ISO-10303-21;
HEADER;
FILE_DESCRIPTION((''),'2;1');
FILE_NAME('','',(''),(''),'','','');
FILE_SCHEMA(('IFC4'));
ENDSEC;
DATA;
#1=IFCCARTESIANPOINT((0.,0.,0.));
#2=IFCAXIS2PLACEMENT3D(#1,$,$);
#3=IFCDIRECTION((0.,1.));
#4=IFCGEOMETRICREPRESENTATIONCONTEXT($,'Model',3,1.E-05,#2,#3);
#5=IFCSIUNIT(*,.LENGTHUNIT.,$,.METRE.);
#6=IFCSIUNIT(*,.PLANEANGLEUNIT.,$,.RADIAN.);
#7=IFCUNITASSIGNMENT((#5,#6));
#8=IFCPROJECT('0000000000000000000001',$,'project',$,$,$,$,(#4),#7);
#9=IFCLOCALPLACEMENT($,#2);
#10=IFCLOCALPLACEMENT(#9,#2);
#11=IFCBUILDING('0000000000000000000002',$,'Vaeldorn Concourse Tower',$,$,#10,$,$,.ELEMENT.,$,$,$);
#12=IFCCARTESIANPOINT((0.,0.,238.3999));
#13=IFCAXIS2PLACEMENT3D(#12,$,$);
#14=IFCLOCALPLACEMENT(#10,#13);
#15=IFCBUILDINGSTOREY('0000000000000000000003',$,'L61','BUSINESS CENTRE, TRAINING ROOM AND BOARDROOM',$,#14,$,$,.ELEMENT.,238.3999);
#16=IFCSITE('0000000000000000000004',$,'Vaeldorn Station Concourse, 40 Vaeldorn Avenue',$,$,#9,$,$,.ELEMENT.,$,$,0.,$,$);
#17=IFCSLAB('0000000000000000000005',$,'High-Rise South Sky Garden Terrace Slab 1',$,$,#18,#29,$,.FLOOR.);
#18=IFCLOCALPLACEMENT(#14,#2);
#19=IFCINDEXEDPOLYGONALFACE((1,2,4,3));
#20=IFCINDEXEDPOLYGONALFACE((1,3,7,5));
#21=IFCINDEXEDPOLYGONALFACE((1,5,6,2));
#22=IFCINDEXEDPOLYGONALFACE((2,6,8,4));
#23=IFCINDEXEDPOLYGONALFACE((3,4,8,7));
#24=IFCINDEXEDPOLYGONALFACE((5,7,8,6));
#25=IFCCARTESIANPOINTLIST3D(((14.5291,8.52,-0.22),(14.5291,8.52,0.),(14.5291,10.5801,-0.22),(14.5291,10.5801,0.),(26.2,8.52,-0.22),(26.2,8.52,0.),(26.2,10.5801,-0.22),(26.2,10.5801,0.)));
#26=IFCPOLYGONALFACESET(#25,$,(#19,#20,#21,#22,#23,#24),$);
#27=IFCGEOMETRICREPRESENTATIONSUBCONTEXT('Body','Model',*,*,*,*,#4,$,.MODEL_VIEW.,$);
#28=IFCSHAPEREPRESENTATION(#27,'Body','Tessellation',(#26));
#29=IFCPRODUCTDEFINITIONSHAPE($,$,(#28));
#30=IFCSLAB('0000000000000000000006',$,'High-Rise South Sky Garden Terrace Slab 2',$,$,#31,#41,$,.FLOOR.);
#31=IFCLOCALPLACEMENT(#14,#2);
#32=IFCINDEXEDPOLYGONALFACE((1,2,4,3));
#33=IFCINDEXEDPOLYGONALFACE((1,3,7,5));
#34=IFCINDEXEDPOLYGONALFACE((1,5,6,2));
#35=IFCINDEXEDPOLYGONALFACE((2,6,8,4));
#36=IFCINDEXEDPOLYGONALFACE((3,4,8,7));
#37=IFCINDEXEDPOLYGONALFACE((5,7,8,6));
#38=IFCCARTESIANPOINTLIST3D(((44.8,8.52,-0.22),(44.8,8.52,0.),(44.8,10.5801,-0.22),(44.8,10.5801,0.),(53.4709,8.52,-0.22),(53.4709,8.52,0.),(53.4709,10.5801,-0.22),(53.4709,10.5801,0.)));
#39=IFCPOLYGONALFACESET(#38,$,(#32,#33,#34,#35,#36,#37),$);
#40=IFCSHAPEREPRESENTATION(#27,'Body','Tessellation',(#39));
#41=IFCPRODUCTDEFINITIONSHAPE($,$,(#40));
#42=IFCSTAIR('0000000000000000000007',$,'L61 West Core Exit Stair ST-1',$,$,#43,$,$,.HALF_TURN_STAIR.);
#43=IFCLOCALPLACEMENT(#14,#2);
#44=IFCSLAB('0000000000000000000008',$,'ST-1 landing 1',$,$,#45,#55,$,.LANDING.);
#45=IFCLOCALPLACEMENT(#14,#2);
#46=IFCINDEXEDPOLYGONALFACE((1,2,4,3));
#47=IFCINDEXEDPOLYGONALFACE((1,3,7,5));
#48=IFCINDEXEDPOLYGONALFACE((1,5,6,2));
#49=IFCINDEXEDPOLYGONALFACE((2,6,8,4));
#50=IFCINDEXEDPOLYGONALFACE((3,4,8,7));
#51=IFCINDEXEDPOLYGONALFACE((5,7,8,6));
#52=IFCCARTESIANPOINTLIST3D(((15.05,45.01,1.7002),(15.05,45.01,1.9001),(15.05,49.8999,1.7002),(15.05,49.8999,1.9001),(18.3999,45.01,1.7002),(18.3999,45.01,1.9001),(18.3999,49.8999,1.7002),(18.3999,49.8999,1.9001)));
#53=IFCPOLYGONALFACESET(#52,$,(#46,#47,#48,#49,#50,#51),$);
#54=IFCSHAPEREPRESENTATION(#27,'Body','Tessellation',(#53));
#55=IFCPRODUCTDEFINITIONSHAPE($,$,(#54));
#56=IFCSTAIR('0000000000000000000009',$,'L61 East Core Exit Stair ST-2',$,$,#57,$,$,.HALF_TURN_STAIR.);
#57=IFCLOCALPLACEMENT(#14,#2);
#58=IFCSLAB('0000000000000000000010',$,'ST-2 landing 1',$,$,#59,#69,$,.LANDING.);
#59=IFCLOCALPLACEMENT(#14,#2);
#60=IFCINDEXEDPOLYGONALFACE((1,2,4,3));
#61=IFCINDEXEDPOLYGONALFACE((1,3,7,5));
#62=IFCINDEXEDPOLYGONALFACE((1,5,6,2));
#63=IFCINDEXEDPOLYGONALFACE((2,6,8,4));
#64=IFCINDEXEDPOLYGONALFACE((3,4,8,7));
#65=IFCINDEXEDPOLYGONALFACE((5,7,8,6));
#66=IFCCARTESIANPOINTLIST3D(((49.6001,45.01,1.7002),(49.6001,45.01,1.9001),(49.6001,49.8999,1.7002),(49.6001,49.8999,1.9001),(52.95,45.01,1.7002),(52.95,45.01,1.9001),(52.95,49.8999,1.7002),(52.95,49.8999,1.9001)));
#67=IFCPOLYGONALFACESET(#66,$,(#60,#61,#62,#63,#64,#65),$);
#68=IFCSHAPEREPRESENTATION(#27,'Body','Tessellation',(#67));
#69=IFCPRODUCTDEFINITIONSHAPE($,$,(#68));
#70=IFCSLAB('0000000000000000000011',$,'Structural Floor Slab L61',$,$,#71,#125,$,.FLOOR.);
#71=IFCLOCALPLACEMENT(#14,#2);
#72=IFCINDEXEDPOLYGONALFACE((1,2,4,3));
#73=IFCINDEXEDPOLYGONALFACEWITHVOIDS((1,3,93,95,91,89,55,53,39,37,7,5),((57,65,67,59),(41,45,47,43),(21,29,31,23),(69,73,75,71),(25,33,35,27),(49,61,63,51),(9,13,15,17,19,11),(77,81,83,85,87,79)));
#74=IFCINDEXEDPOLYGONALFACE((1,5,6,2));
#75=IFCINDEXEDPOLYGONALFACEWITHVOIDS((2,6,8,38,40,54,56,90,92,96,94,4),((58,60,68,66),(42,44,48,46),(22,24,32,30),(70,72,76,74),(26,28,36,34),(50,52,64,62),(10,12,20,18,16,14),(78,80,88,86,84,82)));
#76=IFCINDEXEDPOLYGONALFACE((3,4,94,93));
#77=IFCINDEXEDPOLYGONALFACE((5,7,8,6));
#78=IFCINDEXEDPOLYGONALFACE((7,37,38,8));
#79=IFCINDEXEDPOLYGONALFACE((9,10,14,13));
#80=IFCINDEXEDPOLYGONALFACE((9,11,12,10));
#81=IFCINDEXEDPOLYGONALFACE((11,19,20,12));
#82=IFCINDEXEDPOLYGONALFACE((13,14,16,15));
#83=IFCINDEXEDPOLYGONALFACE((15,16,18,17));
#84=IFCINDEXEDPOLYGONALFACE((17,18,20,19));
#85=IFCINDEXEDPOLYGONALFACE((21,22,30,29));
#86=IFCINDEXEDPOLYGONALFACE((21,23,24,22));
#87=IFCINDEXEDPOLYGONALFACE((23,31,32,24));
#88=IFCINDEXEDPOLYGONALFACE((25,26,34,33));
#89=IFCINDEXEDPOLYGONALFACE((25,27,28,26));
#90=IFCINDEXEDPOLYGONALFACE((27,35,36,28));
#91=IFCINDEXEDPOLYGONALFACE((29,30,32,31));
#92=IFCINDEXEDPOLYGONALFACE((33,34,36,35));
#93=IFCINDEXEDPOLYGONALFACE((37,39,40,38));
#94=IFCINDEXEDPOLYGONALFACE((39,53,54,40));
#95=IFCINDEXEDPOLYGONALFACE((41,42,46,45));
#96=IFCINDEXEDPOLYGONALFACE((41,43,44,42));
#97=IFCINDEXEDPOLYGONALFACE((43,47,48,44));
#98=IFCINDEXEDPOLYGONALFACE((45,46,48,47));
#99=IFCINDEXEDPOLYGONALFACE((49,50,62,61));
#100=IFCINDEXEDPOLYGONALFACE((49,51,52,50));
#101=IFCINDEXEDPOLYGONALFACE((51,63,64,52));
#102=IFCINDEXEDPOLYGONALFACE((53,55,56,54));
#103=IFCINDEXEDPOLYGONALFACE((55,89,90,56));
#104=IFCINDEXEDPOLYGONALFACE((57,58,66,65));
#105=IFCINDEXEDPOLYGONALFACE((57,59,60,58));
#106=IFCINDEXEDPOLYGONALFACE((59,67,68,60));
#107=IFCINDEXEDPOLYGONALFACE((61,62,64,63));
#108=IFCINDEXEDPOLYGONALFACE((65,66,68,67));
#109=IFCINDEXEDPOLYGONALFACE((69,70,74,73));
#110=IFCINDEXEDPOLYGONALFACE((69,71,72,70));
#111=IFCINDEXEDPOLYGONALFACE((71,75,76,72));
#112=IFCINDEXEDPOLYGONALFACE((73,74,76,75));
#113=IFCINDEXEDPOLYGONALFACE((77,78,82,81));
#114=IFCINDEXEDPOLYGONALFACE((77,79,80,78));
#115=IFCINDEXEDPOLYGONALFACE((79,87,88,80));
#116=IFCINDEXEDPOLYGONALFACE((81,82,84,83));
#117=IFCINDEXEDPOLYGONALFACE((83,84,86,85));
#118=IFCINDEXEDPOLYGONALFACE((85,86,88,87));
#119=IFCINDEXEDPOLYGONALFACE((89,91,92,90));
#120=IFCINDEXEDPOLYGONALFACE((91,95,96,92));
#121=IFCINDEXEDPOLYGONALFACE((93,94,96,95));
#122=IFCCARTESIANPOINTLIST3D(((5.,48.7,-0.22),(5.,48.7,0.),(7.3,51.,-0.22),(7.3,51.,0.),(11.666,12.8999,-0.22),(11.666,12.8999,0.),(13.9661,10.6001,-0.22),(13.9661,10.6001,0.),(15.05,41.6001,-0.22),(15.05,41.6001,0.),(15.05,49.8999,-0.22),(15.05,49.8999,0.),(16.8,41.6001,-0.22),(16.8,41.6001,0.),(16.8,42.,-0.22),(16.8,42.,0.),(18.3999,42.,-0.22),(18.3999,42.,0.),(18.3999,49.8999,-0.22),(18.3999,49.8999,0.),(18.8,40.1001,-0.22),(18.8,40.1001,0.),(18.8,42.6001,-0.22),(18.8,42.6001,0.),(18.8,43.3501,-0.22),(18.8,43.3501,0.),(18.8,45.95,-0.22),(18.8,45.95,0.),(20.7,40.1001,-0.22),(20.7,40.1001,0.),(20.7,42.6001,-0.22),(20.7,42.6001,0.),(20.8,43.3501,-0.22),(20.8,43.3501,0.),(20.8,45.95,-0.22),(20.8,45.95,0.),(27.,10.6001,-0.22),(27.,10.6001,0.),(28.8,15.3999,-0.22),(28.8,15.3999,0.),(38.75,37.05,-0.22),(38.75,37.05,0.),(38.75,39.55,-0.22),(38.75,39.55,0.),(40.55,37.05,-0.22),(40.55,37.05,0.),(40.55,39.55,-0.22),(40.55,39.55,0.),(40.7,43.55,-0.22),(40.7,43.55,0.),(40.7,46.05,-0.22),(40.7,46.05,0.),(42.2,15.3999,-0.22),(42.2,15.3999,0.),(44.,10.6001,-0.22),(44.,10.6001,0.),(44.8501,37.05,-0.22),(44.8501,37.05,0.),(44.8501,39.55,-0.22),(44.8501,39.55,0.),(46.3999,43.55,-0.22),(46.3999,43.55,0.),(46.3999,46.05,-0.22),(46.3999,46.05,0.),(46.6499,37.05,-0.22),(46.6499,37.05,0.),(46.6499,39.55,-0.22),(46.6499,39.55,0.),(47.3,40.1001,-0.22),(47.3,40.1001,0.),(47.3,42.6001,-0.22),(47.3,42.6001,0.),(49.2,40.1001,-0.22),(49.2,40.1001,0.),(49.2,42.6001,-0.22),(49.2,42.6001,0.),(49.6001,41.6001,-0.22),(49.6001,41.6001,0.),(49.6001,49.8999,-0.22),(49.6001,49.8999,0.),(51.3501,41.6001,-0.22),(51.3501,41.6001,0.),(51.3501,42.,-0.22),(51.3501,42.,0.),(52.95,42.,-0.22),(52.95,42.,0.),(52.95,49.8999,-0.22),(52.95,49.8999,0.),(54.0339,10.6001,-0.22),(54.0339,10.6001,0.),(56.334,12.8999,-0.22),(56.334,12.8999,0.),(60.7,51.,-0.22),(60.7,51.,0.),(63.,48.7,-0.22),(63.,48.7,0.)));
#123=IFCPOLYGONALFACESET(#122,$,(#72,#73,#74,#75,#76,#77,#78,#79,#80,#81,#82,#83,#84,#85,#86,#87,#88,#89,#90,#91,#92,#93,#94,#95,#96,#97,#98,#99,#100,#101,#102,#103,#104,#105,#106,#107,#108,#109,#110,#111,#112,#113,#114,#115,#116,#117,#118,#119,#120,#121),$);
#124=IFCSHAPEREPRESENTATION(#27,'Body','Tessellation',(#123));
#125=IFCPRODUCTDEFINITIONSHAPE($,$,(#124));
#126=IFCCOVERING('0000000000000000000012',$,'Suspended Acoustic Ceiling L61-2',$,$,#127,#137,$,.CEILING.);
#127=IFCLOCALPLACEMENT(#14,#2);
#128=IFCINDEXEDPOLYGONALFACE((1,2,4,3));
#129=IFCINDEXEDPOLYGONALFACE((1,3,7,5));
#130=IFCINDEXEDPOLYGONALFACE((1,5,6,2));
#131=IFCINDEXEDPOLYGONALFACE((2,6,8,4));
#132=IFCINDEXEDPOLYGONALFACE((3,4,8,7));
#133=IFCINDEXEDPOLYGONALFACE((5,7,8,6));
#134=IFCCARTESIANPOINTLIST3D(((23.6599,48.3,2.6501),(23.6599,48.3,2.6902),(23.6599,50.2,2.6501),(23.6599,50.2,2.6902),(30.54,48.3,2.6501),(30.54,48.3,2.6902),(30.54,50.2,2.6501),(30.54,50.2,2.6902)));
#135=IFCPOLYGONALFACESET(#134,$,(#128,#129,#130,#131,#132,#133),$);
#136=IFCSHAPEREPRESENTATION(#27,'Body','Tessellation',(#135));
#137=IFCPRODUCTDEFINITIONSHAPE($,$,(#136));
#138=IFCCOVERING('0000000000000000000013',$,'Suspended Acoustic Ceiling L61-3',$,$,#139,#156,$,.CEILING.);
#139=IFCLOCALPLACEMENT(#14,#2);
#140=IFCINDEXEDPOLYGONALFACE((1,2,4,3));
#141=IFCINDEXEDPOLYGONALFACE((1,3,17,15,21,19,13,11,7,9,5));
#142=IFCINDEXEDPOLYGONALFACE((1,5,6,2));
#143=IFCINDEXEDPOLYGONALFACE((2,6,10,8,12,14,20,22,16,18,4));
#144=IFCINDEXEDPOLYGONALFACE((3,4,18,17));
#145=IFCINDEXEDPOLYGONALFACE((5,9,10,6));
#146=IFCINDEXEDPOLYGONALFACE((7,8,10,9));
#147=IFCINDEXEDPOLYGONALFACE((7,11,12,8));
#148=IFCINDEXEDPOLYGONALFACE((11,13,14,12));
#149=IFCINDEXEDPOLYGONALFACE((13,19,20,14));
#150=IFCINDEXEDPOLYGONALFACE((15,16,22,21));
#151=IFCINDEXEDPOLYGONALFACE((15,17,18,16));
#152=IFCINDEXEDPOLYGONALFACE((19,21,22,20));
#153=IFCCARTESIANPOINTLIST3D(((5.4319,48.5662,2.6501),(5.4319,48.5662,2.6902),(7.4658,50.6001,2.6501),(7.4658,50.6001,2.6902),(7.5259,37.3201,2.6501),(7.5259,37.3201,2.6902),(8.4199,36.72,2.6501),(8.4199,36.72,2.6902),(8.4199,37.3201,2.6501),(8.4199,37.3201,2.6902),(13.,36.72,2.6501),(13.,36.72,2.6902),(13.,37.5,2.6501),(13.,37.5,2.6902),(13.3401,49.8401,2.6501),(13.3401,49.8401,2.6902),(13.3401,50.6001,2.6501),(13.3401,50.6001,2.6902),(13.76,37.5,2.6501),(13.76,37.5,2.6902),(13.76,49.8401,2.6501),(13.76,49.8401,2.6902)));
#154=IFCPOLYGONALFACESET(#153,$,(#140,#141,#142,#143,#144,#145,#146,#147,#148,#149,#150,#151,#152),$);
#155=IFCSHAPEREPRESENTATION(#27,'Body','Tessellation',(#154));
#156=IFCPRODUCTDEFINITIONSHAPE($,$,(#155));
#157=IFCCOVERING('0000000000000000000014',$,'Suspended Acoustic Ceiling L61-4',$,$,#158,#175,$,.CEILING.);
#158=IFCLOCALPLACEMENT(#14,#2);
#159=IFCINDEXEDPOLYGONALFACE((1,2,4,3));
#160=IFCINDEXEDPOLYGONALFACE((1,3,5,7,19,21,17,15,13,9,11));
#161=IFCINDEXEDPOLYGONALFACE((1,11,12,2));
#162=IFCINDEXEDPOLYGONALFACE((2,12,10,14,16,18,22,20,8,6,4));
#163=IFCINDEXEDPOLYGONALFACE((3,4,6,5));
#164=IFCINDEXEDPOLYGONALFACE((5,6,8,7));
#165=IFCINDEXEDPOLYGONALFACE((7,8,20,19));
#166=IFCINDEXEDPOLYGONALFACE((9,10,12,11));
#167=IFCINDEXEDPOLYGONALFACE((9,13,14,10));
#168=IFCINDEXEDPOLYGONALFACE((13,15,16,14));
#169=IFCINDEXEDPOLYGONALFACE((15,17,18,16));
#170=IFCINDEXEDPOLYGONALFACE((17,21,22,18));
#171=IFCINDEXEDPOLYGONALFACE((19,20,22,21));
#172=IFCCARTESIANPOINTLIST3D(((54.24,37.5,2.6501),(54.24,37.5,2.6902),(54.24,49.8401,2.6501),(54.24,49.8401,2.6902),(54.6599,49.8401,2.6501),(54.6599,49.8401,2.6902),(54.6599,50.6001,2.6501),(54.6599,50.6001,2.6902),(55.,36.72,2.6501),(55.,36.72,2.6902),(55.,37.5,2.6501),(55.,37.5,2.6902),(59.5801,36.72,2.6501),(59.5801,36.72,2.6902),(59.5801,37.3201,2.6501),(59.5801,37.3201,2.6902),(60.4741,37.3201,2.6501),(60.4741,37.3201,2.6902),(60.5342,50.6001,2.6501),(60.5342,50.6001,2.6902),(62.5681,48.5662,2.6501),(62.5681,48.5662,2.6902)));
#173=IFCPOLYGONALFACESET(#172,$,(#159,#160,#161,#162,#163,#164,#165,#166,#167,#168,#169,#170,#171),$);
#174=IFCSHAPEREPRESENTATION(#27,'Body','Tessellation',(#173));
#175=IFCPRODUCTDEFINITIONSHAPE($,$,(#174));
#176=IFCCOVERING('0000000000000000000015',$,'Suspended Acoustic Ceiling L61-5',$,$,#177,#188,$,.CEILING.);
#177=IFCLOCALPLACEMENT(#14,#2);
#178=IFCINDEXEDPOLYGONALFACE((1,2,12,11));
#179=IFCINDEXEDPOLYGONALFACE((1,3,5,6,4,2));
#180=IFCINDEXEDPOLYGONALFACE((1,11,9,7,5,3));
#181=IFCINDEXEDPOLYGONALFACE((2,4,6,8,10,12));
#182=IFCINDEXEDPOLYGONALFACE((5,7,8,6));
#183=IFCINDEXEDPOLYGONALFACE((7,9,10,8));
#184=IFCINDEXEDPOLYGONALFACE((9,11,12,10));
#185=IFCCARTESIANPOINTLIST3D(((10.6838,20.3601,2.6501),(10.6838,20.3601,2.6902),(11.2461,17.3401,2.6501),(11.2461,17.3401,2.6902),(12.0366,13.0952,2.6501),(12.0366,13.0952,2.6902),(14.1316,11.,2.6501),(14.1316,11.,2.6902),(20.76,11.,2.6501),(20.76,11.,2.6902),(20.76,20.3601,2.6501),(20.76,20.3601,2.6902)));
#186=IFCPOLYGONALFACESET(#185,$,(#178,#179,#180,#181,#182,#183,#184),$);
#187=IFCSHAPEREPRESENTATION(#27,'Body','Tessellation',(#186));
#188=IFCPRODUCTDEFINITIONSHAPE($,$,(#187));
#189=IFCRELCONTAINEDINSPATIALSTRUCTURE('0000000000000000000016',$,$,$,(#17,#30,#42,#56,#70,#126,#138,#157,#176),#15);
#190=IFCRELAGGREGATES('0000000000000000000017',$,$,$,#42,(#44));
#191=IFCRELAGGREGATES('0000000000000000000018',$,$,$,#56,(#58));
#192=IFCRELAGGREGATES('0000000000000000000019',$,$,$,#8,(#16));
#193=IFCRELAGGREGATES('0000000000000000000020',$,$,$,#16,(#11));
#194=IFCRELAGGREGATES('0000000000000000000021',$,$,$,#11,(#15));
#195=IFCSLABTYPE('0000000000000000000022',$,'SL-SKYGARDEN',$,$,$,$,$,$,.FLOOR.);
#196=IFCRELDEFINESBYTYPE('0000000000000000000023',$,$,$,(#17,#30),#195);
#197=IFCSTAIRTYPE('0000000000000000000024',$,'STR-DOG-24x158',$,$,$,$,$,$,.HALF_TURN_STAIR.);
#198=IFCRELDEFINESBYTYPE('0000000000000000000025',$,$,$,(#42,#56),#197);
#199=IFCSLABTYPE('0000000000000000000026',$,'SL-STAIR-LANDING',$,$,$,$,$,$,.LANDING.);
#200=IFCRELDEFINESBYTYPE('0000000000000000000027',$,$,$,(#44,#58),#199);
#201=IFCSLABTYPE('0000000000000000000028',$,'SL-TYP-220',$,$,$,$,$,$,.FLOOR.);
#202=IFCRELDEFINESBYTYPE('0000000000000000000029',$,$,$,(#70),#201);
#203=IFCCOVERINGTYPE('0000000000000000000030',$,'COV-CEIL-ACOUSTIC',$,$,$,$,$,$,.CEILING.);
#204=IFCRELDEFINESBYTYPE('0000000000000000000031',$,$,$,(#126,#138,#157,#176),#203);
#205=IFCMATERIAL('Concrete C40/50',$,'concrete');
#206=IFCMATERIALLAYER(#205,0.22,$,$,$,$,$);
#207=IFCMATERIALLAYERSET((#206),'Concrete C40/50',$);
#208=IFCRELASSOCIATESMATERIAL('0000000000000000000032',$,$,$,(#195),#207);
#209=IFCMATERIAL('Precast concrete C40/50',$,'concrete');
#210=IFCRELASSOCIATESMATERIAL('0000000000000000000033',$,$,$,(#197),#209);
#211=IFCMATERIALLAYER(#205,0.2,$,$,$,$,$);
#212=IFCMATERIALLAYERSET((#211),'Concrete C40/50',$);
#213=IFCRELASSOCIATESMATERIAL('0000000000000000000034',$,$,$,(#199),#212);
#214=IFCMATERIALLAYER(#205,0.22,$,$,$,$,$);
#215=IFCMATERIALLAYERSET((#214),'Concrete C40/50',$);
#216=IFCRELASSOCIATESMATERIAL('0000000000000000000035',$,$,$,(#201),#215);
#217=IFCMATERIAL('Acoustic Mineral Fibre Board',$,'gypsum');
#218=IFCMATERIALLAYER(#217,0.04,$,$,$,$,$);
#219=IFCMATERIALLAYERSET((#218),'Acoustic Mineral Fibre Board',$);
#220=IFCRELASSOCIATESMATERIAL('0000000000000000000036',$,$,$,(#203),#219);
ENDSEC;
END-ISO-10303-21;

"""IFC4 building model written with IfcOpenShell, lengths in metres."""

from ifc_helpers import new_model, si_unit, direction, frame, origin, place, context, subcontext, project, spatial, polyline, outline, extrude, material, layer, layer_set, type_object, element, aggregate, save


model = new_model("IFC4")

# Units and contexts
model_context = context("Model", 3, precision=1e-05, world=origin(), true_north=direction((0.0, 1.0)))
body_context = subcontext(model_context, "Body", "Model", "MODEL_VIEW")
ifc_project = project(units=[si_unit("LENGTHUNIT", "METRE"), si_unit("PLANEANGLEUNIT", "RADIAN")], contexts=[model_context])

# Site, building, storey
site_placement = place(None, origin())
site = spatial("IfcSite", under=ifc_project, at=site_placement, Name="Vaeldorn Station Concourse, 40 Vaeldorn Avenue", CompositionType="ELEMENT", RefElevation=0.0)
building_placement = place(site_placement, origin())
building = spatial("IfcBuilding", under=site, at=building_placement, Name="Vaeldorn Concourse Tower", CompositionType="ELEMENT")
storey_placement = place(building_placement, frame((0.0, 0.0, 238.3999)))
storey = spatial("IfcBuildingStorey", under=building, at=storey_placement, Name="L61", Description="BUSINESS CENTRE, TRAINING ROOM AND BOARDROOM", CompositionType="ELEMENT", Elevation=238.3999)

# Slabs
ifc_material_1 = material(Name="Concrete C40/50", Category="concrete")
ifc_layer_1 = layer(ifc_material_1, 0.22)
ifc_layer_set_1 = layer_set([ifc_layer_1], Name="Concrete C40/50")
slab_type_1 = type_object("IfcSlabType", Name="SL-SKYGARDEN", PredefinedType="FLOOR", material=ifc_layer_set_1)
slab_1_placement = place(storey_placement, frame((0.0, 0.0, -0.22)))
element("IfcSlab", 1, at=slab_1_placement, inside=storey, type_object=slab_type_1, Name="High-Rise South Sky Garden Terrace Slab 1", PredefinedType="FLOOR", context=body_context, shape_type="SweptSolid", body=[
    extrude(outline(polyline([(14.5291, 8.52), (26.2, 8.52), (26.2, 10.5801), (14.5291, 10.5801), (14.5291, 8.52)])), origin(), (0.0, 0.0, 1.0), 0.22),
])
slab_2_placement = place(storey_placement, frame((0.0, 0.0, -0.22)))
element("IfcSlab", 2, at=slab_2_placement, inside=storey, type_object=slab_type_1, Name="High-Rise South Sky Garden Terrace Slab 2", PredefinedType="FLOOR", context=body_context, shape_type="SweptSolid", body=[
    extrude(outline(polyline([(44.8, 8.52), (53.4709, 8.52), (53.4709, 10.5801), (44.8, 10.5801), (44.8, 8.52)])), origin(), (0.0, 0.0, 1.0), 0.22),
])

# Stairs, slabs
ifc_material_2 = material(Name="Precast concrete C40/50", Category="concrete")
stair_type = type_object("IfcStairType", Name="STR-DOG-24x158", PredefinedType="HALF_TURN_STAIR", material=ifc_material_2)
stair_1_placement = place(storey_placement, origin())
stair_1 = element("IfcStair", 3, at=stair_1_placement, inside=storey, type_object=stair_type, Name="L61 West Core Exit Stair ST-1", PredefinedType="HALF_TURN_STAIR")
ifc_layer_2 = layer(ifc_material_1, 0.2)
ifc_layer_set_2 = layer_set([ifc_layer_2], Name="Concrete C40/50")
slab_type_2 = type_object("IfcSlabType", Name="SL-STAIR-LANDING", PredefinedType="LANDING", material=ifc_layer_set_2)
slab_3_placement = place(storey_placement, frame((0.0, 0.0, 1.7002)))
slab_3 = element("IfcSlab", 4, at=slab_3_placement, type_object=slab_type_2, Name="ST-1 landing 1", PredefinedType="LANDING", context=body_context, shape_type="SweptSolid", body=[
    extrude(outline(polyline([(18.3999, 45.01), (18.3999, 49.8999), (15.05, 49.8999), (15.05, 45.01), (18.3999, 45.01)])), origin(), (0.0, 0.0, 1.0), 0.2),
])
aggregate(stair_1, [slab_3])
stair_2_placement = place(storey_placement, origin())
stair_2 = element("IfcStair", 5, at=stair_2_placement, inside=storey, type_object=stair_type, Name="L61 East Core Exit Stair ST-2", PredefinedType="HALF_TURN_STAIR")
slab_4_placement = place(storey_placement, frame((0.0, 0.0, 1.7002)))
slab_4 = element("IfcSlab", 6, at=slab_4_placement, type_object=slab_type_2, Name="ST-2 landing 1", PredefinedType="LANDING", context=body_context, shape_type="SweptSolid", body=[
    extrude(outline(polyline([(52.95, 45.01), (52.95, 49.8999), (49.6001, 49.8999), (49.6001, 45.01), (52.95, 45.01)])), origin(), (0.0, 0.0, 1.0), 0.2),
])
aggregate(stair_2, [slab_4])

# Slab
ifc_layer_3 = layer(ifc_material_1, 0.22)
ifc_layer_set_3 = layer_set([ifc_layer_3], Name="Concrete C40/50")
slab_type_3 = type_object("IfcSlabType", Name="SL-TYP-220", PredefinedType="FLOOR", material=ifc_layer_set_3)
slab_5_placement = place(storey_placement, frame((0.0, 0.0, -0.22)))
element("IfcSlab", 7, at=slab_5_placement, inside=storey, type_object=slab_type_3, Name="Structural Floor Slab L61", PredefinedType="FLOOR", context=body_context, shape_type="SweptSolid", body=[
    extrude(outline(polyline([(13.9661, 10.6001), (27.0, 10.6001), (28.8, 15.3999), (42.2, 15.3999), (44.0, 10.6001), (54.0339, 10.6001), (56.334, 12.8999), (63.0, 48.7), (60.7, 51.0), (7.3, 51.0), (5.0, 48.7), (11.666, 12.8999), (13.9661, 10.6001)]), holes=[polyline([(18.3999, 42.0), (18.3999, 49.8999), (15.05, 49.8999), (15.05, 41.6001), (16.8, 41.6001), (16.8, 42.0), (18.3999, 42.0)]), polyline([(52.95, 42.0), (52.95, 49.8999), (49.6001, 49.8999), (49.6001, 41.6001), (51.3501, 41.6001), (51.3501, 42.0), (52.95, 42.0)]), polyline([(38.75, 37.05), (40.55, 37.05), (40.55, 39.55), (38.75, 39.55), (38.75, 37.05)]), polyline([(44.8501, 37.05), (46.6499, 37.05), (46.6499, 39.55), (44.8501, 39.55), (44.8501, 37.05)]), polyline([(40.7, 43.55), (46.3999, 43.55), (46.3999, 46.05), (40.7, 46.05), (40.7, 43.55)]), polyline([(18.8, 43.3501), (20.8, 43.3501), (20.8, 45.95), (18.8, 45.95), (18.8, 43.3501)]), polyline([(18.8, 40.1001), (20.7, 40.1001), (20.7, 42.6001), (18.8, 42.6001), (18.8, 40.1001)]), polyline([(47.3, 40.1001), (49.2, 40.1001), (49.2, 42.6001), (47.3, 42.6001), (47.3, 40.1001)])]), origin(), (0.0, 0.0, 1.0), 0.22),
])

# Coverings
ifc_material_3 = material(Name="Acoustic Mineral Fibre Board", Category="gypsum")
ifc_layer_4 = layer(ifc_material_3, 0.04)
ifc_layer_set_4 = layer_set([ifc_layer_4], Name="Acoustic Mineral Fibre Board")
covering_type_1 = type_object("IfcCoveringType", Name="COV-CEIL-ACOUSTIC", PredefinedType="CEILING", material=ifc_layer_set_4)
covering_1_placement = place(storey_placement, frame((0.0, 0.0, 2.6501)))
element("IfcCovering", 8, at=covering_1_placement, inside=storey, type_object=covering_type_1, Name="Suspended Acoustic Ceiling L61-2", PredefinedType="CEILING", context=body_context, shape_type="SweptSolid", body=[
    extrude(outline(polyline([(30.54, 50.2), (30.54, 48.3), (23.6599, 48.3), (23.6599, 50.2), (30.54, 50.2)])), origin(), (0.0, 0.0, 1.0), 0.04),
])
covering_2_placement = place(storey_placement, frame((0.0, 0.0, 2.6501)))
element("IfcCovering", 9, at=covering_2_placement, inside=storey, type_object=covering_type_1, Name="Suspended Acoustic Ceiling L61-3", PredefinedType="CEILING", context=body_context, shape_type="SweptSolid", body=[
    extrude(outline(polyline([(7.4658, 50.6001), (13.3401, 50.6001), (13.3401, 49.8401), (13.76, 49.8401), (13.76, 37.5), (13.0, 37.5), (13.0, 36.72), (8.4199, 36.72), (8.4199, 37.3201), (7.5259, 37.3201), (5.4319, 48.5662), (7.4658, 50.6001)])), origin(), (0.0, 0.0, 1.0), 0.04),
])
covering_3_placement = place(storey_placement, frame((0.0, 0.0, 2.6501)))
element("IfcCovering", 10, at=covering_3_placement, inside=storey, type_object=covering_type_1, Name="Suspended Acoustic Ceiling L61-4", PredefinedType="CEILING", context=body_context, shape_type="SweptSolid", body=[
    extrude(outline(polyline([(54.6599, 49.8401), (54.6599, 50.6001), (60.5342, 50.6001), (62.5681, 48.5662), (60.4741, 37.3201), (59.5801, 37.3201), (59.5801, 36.72), (55.0, 36.72), (55.0, 37.5), (54.24, 37.5), (54.24, 49.8401), (54.6599, 49.8401)])), origin(), (0.0, 0.0, 1.0), 0.04),
])
covering_4_placement = place(storey_placement, frame((0.0, 0.0, 2.6501)))
element("IfcCovering", 11, at=covering_4_placement, inside=storey, type_object=covering_type_1, Name="Suspended Acoustic Ceiling L61-5", PredefinedType="CEILING", context=body_context, shape_type="SweptSolid", body=[
    extrude(outline(polyline([(20.76, 20.3601), (20.76, 11.0), (14.1316, 11.0), (12.0366, 13.0952), (11.2461, 17.3401), (11.2461, 17.3401), (10.6838, 20.3601), (20.76, 20.3601)])), origin(), (0.0, 0.0, 1.0), 0.04),
])

save(model, "model.ifc")
